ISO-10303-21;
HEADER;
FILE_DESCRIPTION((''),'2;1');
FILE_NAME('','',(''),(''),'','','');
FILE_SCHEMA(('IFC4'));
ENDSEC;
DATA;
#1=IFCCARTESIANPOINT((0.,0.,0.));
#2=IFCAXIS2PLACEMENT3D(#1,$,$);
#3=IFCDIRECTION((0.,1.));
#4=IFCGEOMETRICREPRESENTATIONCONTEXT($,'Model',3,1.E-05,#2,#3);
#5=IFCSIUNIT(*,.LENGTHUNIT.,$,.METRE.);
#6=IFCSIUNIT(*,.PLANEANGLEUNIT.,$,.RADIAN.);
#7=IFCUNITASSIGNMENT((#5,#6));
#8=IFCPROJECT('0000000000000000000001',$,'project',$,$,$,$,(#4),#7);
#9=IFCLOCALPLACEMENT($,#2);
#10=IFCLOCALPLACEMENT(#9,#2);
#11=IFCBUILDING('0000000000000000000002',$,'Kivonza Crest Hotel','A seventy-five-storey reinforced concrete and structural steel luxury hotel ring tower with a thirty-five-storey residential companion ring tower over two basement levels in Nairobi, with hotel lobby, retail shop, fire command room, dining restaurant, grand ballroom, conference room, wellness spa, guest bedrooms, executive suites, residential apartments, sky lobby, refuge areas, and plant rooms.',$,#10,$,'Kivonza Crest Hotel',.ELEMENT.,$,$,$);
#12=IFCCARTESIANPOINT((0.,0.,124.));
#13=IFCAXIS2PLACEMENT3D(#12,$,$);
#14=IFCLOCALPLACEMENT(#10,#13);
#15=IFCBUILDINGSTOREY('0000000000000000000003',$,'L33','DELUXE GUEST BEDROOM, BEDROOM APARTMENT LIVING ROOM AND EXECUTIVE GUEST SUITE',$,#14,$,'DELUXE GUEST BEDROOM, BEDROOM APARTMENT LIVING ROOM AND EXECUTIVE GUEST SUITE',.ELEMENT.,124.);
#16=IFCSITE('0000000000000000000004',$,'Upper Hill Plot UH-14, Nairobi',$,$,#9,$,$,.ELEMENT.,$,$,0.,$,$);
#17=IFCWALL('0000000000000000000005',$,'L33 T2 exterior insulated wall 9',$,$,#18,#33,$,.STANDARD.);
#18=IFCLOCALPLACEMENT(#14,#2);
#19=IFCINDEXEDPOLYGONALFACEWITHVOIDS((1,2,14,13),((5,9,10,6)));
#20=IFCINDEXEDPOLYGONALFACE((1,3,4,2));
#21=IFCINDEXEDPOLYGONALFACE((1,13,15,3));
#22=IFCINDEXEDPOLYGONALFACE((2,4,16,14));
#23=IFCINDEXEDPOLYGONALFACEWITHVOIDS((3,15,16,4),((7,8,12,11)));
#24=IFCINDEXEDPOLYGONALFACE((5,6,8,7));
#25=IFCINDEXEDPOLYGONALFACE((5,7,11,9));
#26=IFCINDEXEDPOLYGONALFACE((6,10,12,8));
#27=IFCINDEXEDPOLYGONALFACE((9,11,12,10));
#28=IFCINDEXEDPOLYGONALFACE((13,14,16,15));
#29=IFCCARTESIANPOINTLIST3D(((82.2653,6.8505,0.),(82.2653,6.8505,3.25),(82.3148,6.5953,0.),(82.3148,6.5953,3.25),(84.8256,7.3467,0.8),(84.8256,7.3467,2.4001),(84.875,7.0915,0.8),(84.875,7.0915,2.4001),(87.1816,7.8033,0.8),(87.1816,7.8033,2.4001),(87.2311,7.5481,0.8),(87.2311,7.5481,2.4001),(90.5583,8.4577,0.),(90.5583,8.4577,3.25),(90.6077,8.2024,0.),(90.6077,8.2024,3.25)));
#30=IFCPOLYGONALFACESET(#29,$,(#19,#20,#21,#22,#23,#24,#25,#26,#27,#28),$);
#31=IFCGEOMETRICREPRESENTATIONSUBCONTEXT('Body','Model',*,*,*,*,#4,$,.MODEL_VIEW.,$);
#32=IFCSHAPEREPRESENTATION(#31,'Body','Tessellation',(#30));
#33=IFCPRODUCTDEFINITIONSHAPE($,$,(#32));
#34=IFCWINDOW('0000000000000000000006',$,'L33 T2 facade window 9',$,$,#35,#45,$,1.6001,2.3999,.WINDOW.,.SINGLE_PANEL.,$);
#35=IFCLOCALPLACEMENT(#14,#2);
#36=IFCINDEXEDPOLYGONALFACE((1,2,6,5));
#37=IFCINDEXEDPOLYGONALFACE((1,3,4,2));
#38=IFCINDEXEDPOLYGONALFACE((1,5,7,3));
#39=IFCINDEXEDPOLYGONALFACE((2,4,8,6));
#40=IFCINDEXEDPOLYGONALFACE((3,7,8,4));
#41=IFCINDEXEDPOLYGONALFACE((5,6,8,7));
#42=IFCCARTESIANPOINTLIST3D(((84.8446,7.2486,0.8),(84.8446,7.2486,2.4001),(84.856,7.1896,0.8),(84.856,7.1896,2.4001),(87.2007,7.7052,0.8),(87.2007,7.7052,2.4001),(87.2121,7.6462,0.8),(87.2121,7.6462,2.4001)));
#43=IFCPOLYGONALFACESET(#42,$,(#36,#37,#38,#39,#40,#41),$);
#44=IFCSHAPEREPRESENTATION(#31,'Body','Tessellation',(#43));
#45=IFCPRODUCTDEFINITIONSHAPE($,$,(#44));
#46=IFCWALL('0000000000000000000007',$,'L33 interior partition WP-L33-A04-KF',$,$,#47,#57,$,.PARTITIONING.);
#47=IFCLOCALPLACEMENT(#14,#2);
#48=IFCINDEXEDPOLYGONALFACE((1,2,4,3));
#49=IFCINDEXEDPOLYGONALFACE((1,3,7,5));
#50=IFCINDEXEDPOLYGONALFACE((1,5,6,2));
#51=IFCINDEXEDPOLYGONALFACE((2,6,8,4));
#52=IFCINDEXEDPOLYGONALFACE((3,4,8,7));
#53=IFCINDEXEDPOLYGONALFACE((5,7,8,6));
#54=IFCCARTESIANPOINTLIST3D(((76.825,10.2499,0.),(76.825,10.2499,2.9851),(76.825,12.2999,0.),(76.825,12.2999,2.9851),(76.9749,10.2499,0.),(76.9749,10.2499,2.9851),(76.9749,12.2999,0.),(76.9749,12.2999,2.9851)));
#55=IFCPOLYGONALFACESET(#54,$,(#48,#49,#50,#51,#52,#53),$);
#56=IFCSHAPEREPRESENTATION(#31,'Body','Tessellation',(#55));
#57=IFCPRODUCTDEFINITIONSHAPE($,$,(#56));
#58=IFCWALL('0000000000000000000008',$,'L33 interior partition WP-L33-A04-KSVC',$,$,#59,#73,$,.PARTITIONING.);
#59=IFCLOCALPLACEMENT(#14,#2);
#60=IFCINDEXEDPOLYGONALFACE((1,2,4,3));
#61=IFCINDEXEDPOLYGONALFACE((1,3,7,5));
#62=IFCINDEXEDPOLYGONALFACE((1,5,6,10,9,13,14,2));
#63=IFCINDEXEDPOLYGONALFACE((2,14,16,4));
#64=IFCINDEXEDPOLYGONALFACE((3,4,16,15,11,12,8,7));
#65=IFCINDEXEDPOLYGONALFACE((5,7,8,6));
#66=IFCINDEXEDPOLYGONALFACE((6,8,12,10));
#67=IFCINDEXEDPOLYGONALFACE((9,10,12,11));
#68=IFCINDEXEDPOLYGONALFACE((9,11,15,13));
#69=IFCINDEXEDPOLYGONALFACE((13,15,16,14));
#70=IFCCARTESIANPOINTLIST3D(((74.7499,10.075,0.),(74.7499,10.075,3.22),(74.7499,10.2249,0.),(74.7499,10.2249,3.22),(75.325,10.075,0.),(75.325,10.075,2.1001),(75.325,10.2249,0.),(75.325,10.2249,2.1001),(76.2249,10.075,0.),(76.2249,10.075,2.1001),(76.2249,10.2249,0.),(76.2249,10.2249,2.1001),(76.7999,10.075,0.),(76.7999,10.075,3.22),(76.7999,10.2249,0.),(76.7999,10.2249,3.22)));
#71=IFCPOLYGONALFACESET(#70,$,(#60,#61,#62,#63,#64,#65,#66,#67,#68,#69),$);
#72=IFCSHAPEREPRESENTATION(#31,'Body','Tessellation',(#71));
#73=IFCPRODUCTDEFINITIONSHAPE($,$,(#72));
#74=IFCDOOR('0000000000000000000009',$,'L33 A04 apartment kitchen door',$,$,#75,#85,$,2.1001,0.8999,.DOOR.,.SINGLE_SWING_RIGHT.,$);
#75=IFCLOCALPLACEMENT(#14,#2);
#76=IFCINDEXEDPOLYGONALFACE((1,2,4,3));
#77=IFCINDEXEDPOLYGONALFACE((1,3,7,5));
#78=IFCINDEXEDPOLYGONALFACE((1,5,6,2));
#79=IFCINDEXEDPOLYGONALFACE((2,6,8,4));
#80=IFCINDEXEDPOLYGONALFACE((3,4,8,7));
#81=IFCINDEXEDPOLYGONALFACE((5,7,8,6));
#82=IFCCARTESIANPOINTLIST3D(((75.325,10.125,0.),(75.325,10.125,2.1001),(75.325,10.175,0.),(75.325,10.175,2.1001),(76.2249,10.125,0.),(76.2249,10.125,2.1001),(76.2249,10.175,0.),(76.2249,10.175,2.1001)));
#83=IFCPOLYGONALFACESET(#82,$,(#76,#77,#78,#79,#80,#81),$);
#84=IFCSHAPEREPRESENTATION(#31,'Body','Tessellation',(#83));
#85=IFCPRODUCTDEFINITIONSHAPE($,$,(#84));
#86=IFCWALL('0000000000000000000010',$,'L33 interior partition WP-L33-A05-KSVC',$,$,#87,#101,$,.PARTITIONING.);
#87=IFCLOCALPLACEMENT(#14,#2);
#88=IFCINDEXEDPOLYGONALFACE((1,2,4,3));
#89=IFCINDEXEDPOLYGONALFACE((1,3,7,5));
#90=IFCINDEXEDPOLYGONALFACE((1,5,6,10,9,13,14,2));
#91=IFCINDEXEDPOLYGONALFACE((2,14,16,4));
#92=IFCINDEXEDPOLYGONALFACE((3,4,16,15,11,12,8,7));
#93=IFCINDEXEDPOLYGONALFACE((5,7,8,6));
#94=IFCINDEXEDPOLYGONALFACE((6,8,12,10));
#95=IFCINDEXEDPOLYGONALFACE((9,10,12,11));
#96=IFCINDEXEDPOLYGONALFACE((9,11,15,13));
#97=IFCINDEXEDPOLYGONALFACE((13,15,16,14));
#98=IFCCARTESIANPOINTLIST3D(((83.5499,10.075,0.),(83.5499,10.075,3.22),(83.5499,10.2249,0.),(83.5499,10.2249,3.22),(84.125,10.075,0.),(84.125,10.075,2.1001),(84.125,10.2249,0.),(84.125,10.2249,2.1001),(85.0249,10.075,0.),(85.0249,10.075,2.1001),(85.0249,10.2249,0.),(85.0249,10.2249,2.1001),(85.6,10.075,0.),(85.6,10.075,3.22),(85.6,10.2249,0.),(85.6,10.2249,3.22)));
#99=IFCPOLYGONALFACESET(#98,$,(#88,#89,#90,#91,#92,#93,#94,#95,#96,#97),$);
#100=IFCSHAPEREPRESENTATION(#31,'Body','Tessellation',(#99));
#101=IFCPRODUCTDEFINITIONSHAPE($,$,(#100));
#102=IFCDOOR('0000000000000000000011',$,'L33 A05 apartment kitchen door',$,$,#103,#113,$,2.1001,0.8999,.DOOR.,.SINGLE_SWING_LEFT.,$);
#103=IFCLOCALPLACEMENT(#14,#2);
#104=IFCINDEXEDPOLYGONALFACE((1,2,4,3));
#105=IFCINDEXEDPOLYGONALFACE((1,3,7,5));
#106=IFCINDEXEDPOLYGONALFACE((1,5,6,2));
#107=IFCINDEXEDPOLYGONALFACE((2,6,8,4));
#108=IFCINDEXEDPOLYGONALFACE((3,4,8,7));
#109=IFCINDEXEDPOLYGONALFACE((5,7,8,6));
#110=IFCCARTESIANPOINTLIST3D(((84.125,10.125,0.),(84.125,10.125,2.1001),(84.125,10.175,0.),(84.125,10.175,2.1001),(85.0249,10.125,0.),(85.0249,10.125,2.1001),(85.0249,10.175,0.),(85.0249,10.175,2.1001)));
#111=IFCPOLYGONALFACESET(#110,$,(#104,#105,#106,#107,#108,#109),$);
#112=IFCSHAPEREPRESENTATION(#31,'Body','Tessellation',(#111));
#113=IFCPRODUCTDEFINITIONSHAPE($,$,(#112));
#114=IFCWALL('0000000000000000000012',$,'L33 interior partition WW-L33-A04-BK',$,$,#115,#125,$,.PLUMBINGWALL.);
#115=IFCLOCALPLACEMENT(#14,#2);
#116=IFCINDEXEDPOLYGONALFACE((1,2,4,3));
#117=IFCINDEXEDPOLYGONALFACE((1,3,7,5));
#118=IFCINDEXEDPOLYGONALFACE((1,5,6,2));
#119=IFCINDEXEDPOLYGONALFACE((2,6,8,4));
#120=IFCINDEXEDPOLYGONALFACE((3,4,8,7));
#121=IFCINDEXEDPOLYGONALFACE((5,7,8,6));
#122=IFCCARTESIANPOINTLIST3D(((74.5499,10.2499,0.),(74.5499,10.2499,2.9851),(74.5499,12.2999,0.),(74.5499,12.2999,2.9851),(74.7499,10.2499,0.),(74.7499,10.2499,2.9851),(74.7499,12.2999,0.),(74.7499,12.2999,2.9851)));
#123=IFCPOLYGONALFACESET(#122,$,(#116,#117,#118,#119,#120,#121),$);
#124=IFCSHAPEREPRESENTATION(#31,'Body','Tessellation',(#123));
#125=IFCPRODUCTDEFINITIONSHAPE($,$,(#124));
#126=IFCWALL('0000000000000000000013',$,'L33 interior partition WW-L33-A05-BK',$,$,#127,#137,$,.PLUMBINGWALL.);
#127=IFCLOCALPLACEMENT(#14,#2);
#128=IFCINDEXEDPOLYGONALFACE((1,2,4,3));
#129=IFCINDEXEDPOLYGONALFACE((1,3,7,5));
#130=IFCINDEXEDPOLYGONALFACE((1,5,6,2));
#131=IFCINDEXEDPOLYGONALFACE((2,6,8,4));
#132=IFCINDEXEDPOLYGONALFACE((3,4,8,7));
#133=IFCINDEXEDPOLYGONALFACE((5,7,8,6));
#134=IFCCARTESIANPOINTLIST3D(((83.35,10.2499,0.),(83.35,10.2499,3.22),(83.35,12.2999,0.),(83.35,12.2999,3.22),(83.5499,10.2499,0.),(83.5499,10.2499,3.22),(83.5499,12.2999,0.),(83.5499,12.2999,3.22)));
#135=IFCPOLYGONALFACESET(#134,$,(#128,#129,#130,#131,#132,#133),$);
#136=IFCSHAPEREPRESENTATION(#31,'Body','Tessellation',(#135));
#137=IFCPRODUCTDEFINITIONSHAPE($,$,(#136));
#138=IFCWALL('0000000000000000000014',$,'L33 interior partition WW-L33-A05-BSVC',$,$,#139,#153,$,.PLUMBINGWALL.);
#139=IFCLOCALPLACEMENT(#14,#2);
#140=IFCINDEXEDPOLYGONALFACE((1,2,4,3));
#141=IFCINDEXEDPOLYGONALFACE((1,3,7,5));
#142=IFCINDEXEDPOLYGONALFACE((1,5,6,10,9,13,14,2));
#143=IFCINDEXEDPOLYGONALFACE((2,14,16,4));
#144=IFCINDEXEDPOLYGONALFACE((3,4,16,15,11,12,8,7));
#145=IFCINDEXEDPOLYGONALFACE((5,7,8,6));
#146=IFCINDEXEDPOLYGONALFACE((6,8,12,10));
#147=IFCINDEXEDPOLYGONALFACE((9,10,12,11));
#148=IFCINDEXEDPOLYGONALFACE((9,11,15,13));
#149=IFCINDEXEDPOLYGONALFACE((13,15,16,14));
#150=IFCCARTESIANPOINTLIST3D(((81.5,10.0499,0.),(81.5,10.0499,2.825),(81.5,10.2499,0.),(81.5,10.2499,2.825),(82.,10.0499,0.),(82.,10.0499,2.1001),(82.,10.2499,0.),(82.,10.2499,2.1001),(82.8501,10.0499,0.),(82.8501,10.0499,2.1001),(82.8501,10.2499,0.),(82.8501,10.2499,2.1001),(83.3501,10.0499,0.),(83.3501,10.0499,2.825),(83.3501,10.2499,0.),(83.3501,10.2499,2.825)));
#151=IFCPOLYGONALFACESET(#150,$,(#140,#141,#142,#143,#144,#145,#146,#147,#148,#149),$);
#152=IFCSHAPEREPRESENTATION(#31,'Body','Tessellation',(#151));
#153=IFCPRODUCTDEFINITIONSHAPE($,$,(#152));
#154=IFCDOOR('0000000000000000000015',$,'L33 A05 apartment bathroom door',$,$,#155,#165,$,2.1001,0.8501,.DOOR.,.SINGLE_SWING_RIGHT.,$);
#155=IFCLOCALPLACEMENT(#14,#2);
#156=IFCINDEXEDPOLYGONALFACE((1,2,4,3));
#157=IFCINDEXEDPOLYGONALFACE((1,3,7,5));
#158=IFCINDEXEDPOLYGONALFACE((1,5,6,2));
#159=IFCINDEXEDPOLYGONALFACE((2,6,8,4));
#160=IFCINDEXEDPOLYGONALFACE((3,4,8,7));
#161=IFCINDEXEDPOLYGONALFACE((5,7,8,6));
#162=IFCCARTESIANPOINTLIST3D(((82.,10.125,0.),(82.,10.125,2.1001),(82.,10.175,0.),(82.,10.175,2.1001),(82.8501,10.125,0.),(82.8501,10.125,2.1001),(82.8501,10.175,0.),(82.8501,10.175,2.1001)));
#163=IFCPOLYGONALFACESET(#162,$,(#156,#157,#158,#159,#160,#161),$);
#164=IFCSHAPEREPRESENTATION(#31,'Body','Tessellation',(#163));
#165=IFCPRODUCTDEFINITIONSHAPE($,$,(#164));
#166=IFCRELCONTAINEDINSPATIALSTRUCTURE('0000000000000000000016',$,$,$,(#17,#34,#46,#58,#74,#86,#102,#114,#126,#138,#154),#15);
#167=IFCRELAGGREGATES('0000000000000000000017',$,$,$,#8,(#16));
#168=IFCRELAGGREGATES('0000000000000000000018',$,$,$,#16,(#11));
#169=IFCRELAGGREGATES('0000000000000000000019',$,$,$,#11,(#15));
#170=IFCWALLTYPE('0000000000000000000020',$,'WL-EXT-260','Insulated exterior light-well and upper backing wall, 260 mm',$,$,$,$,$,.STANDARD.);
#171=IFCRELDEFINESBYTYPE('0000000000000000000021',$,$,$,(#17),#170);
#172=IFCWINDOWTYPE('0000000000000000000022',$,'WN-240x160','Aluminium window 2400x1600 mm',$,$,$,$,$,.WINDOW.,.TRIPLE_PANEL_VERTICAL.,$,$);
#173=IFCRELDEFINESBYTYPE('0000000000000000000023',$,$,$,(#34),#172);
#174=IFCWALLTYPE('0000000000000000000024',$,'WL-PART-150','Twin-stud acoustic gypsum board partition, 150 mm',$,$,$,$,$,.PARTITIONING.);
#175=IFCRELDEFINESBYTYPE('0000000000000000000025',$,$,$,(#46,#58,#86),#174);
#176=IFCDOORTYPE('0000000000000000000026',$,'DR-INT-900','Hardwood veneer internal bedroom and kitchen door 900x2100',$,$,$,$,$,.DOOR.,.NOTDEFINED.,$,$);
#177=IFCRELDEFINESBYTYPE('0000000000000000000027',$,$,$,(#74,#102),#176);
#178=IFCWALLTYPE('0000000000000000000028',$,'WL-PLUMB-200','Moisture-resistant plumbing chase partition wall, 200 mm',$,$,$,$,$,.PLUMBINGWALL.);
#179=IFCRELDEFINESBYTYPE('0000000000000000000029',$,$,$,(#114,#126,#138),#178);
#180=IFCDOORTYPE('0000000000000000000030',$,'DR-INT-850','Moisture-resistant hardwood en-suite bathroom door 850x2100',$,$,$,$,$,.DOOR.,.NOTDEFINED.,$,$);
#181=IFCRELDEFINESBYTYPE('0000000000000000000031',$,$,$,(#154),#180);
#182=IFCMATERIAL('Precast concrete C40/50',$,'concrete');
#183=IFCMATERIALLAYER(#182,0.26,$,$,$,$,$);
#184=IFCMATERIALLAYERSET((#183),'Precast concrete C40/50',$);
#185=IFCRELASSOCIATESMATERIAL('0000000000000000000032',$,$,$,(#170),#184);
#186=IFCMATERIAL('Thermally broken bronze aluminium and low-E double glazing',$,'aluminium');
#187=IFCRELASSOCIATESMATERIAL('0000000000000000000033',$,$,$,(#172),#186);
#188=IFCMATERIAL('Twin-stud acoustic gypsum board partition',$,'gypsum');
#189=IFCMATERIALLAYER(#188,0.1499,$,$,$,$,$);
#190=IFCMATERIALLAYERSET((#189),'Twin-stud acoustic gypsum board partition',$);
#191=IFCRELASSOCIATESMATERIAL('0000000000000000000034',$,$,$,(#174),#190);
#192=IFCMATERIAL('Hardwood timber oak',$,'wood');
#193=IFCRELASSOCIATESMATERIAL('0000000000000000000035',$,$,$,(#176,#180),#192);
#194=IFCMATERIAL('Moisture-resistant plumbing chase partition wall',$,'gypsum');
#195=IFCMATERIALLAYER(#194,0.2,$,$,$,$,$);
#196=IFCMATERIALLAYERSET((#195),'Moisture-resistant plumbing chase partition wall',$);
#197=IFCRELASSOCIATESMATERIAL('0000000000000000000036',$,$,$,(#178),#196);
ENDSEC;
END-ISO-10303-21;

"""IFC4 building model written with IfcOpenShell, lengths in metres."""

from ifc_helpers import new_model, si_unit, direction, frame, frame_2d, origin, place, context, subcontext, project, spatial, rectangle, extrude, material, layer, layer_set, type_object, element, fill, save


model = new_model("IFC4")

# Units and contexts
model_context = context("Model", 3, precision=1e-05, world=origin(), true_north=direction((0.0, 1.0)))
body_context = subcontext(model_context, "Body", "Model", "MODEL_VIEW")
ifc_project = project(units=[si_unit("LENGTHUNIT", "METRE"), si_unit("PLANEANGLEUNIT", "RADIAN")], contexts=[model_context])

# Site, building, storey
site_placement = place(None, origin())
site = spatial("IfcSite", under=ifc_project, at=site_placement, Name="Upper Hill Plot UH-14, Nairobi", CompositionType="ELEMENT", RefElevation=0.0)
building_placement = place(site_placement, origin())
building = spatial("IfcBuilding", under=site, at=building_placement, Name="Kivonza Crest Hotel", Description="A seventy-five-storey reinforced concrete and structural steel luxury hotel ring tower with a thirty-five-storey residential companion ring tower over two basement levels in Nairobi, with hotel lobby, retail shop, fire command room, dining restaurant, grand ballroom, conference room, wellness spa, guest bedrooms, executive suites, residential apartments, sky lobby, refuge areas, and plant rooms.", LongName="Kivonza Crest Hotel", CompositionType="ELEMENT")
storey_placement = place(building_placement, frame((0.0, 0.0, 124.0)))
storey = spatial("IfcBuildingStorey", under=building, at=storey_placement, Name="L33", Description="DELUXE GUEST BEDROOM, BEDROOM APARTMENT LIVING ROOM AND EXECUTIVE GUEST SUITE", LongName="DELUXE GUEST BEDROOM, BEDROOM APARTMENT LIVING ROOM AND EXECUTIVE GUEST SUITE", CompositionType="ELEMENT", Elevation=124.0)

# Shared definitions
ifc_material_1 = material(Name="Hardwood timber oak", Category="wood")

# Wall, opening, window
ifc_material_2 = material(Name="Precast concrete C40/50", Category="concrete")
ifc_layer_1 = layer(ifc_material_2, 0.26)
ifc_layer_set_1 = layer_set([ifc_layer_1], Name="Precast concrete C40/50")
wall_type_1 = type_object("IfcWallType", Name="WL-EXT-260", Description="Insulated exterior light-well and upper backing wall, 260 mm", PredefinedType="STANDARD", material=ifc_layer_set_1)
wall_1_placement = place(storey_placement, frame((82.29, 6.7229, 0.0), z_axis=(0.0, 0.0, 1.0), x_axis=(0.981734, 0.19026, 0.0)))
wall_1 = element("IfcWall", 1, at=wall_1_placement, inside=storey, type_object=wall_type_1, Name="L33 T2 exterior insulated wall 9", PredefinedType="STANDARD", context=body_context, shape_type="SweptSolid", body=[
    extrude(rectangle(XDim=8.4473, YDim=0.26, at=frame_2d((4.2236, 0.0))), origin(), (0.0, 0.0, 1.0), 3.25),
])
opening_1_placement = place(wall_1_placement, frame((2.6079, 0.0, 0.8)))
opening_1 = element("IfcOpeningElement", 2, at=opening_1_placement, cuts=wall_1, PredefinedType="OPENING", context=body_context, shape_type="SweptSolid", body=[
    extrude(rectangle(XDim=2.3999, YDim=1.6001, at=frame_2d((1.2, 0.8))), frame((0.0, 0.1401, 0.0), z_axis=(0.0, -1.0, 0.0), x_axis=(1.0, 0.0, 0.0)), (0.0, 0.0, 1.0), 0.28),
])
ifc_material_3 = material(Name="Thermally broken bronze aluminium and low-E double glazing", Category="aluminium")
window_type = type_object("IfcWindowType", Name="WN-240x160", Description="Aluminium window 2400x1600 mm", PartitioningType="TRIPLE_PANEL_VERTICAL", PredefinedType="WINDOW", material=ifc_material_3)
window_placement = place(opening_1_placement, origin())
window = element("IfcWindow", 3, at=window_placement, inside=storey, type_object=window_type, Name="L33 T2 facade window 9", OverallHeight=1.6001, OverallWidth=2.3999, PartitioningType="SINGLE_PANEL", PredefinedType="WINDOW", context=body_context, shape_type="SweptSolid", body=[
    extrude(rectangle(XDim=2.3999, YDim=1.6001, at=frame_2d((1.2, 0.8))), frame((0.0, 0.03, 0.0), z_axis=(0.0, -1.0, 0.0), x_axis=(1.0, 0.0, 0.0)), (0.0, 0.0, 1.0), 0.0601),
])
fill(opening_1, window)

# Wall
ifc_material_4 = material(Name="Twin-stud acoustic gypsum board partition", Category="gypsum")
ifc_layer_2 = layer(ifc_material_4, 0.1499)
ifc_layer_set_2 = layer_set([ifc_layer_2], Name="Twin-stud acoustic gypsum board partition")
wall_type_2 = type_object("IfcWallType", Name="WL-PART-150", Description="Twin-stud acoustic gypsum board partition, 150 mm", PredefinedType="PARTITIONING", material=ifc_layer_set_2)
wall_2_placement = place(storey_placement, frame((76.8999, 10.25, 0.0), z_axis=(0.0, 0.0, 1.0), x_axis=(0.0, 1.0, 0.0)))
element("IfcWall", 4, at=wall_2_placement, inside=storey, type_object=wall_type_2, Name="L33 interior partition WP-L33-A04-KF", PredefinedType="PARTITIONING", context=body_context, shape_type="SweptSolid", body=[
    extrude(rectangle(XDim=2.05, YDim=0.1499, at=frame_2d((1.0249, 0.0))), origin(), (0.0, 0.0, 1.0), 2.9851),
])

# Walls, openings, doors
wall_3_placement = place(storey_placement, frame((74.75, 10.1499, 0.0), z_axis=(0.0, 0.0, 1.0), x_axis=(1.0, 0.0, 0.0)))
wall_3 = element("IfcWall", 5, at=wall_3_placement, inside=storey, type_object=wall_type_2, Name="L33 interior partition WP-L33-A04-KSVC", PredefinedType="PARTITIONING", context=body_context, shape_type="SweptSolid", body=[
    extrude(rectangle(XDim=2.05, YDim=0.1499, at=frame_2d((1.0249, 0.0))), origin(), (0.0, 0.0, 1.0), 3.22),
])
opening_2_placement = place(wall_3_placement, frame((0.575, 0.0, 0.0)))
opening_2 = element("IfcOpeningElement", 6, at=opening_2_placement, cuts=wall_3, PredefinedType="OPENING", context=body_context, shape_type="SweptSolid", body=[
    extrude(rectangle(XDim=0.8999, YDim=2.1001, at=frame_2d((0.45, 1.05))), frame((0.0, 0.085, 0.0), z_axis=(0.0, -1.0, 0.0), x_axis=(1.0, 0.0, 0.0)), (0.0, 0.0, 1.0), 0.1699),
])
door_type_1 = type_object("IfcDoorType", Name="DR-INT-900", Description="Hardwood veneer internal bedroom and kitchen door 900x2100", OperationType="NOTDEFINED", PredefinedType="DOOR", material=ifc_material_1)
door_1_placement = place(opening_2_placement, frame((0.8999, 0.0, 0.0), z_axis=(0.0, 0.0, 1.0), x_axis=(-1.0, 0.0, 0.0)))
door_1 = element("IfcDoor", 7, at=door_1_placement, inside=storey, type_object=door_type_1, Name="L33 A04 apartment kitchen door", OperationType="SINGLE_SWING_RIGHT", OverallHeight=2.1001, OverallWidth=0.8999, PredefinedType="DOOR", context=body_context, shape_type="SweptSolid", body=[
    extrude(rectangle(XDim=0.8999, YDim=2.1001, at=frame_2d((0.45, 1.05))), frame((0.0, 0.0249, 0.0), z_axis=(0.0, -1.0, 0.0), x_axis=(1.0, 0.0, 0.0)), (0.0, 0.0, 1.0), 0.05),
])
fill(opening_2, door_1)
wall_4_placement = place(storey_placement, frame((83.55, 10.1499, 0.0), z_axis=(0.0, 0.0, 1.0), x_axis=(1.0, 0.0, 0.0)))
wall_4 = element("IfcWall", 8, at=wall_4_placement, inside=storey, type_object=wall_type_2, Name="L33 interior partition WP-L33-A05-KSVC", PredefinedType="PARTITIONING", context=body_context, shape_type="SweptSolid", body=[
    extrude(rectangle(XDim=2.05, YDim=0.1499, at=frame_2d((1.0249, 0.0))), origin(), (0.0, 0.0, 1.0), 3.22),
])
opening_3_placement = place(wall_4_placement, frame((0.575, 0.0, 0.0)))
opening_3 = element("IfcOpeningElement", 9, at=opening_3_placement, cuts=wall_4, PredefinedType="OPENING", context=body_context, shape_type="SweptSolid", body=[
    extrude(rectangle(XDim=0.8999, YDim=2.1001, at=frame_2d((0.45, 1.05))), frame((0.0, 0.085, 0.0), z_axis=(0.0, -1.0, 0.0), x_axis=(1.0, 0.0, 0.0)), (0.0, 0.0, 1.0), 0.1699),
])
door_2_placement = place(opening_3_placement, frame((0.8999, 0.0, 0.0), z_axis=(0.0, 0.0, 1.0), x_axis=(-1.0, 0.0, 0.0)))
door_2 = element("IfcDoor", 10, at=door_2_placement, inside=storey, type_object=door_type_1, Name="L33 A05 apartment kitchen door", OperationType="SINGLE_SWING_LEFT", OverallHeight=2.1001, OverallWidth=0.8999, PredefinedType="DOOR", context=body_context, shape_type="SweptSolid", body=[
    extrude(rectangle(XDim=0.8999, YDim=2.1001, at=frame_2d((0.45, 1.05))), frame((0.0, 0.0249, 0.0), z_axis=(0.0, -1.0, 0.0), x_axis=(1.0, 0.0, 0.0)), (0.0, 0.0, 1.0), 0.05),
])
fill(opening_3, door_2)

# Walls
ifc_material_5 = material(Name="Moisture-resistant plumbing chase partition wall", Category="gypsum")
ifc_layer_3 = layer(ifc_material_5, 0.2)
ifc_layer_set_3 = layer_set([ifc_layer_3], Name="Moisture-resistant plumbing chase partition wall")
wall_type_3 = type_object("IfcWallType", Name="WL-PLUMB-200", Description="Moisture-resistant plumbing chase partition wall, 200 mm", PredefinedType="PLUMBINGWALL", material=ifc_layer_set_3)
wall_5_placement = place(storey_placement, frame((74.6499, 10.25, 0.0), z_axis=(0.0, 0.0, 1.0), x_axis=(0.0, 1.0, 0.0)))
element("IfcWall", 11, at=wall_5_placement, inside=storey, type_object=wall_type_3, Name="L33 interior partition WW-L33-A04-BK", PredefinedType="PLUMBINGWALL", context=body_context, shape_type="SweptSolid", body=[
    extrude(rectangle(XDim=2.05, YDim=0.2, at=frame_2d((1.0249, 0.0))), origin(), (0.0, 0.0, 1.0), 2.9851),
])
wall_6_placement = place(storey_placement, frame((83.45, 10.25, 0.0), z_axis=(0.0, 0.0, 1.0), x_axis=(0.0, 1.0, 0.0)))
element("IfcWall", 12, at=wall_6_placement, inside=storey, type_object=wall_type_3, Name="L33 interior partition WW-L33-A05-BK", PredefinedType="PLUMBINGWALL", context=body_context, shape_type="SweptSolid", body=[
    extrude(rectangle(XDim=2.05, YDim=0.2, at=frame_2d((1.0249, 0.0))), origin(), (0.0, 0.0, 1.0), 3.22),
])

# Wall, opening, door
wall_7_placement = place(storey_placement, frame((81.5, 10.1499, 0.0), z_axis=(0.0, 0.0, 1.0), x_axis=(1.0, 0.0, 0.0)))
wall_7 = element("IfcWall", 13, at=wall_7_placement, inside=storey, type_object=wall_type_3, Name="L33 interior partition WW-L33-A05-BSVC", PredefinedType="PLUMBINGWALL", context=body_context, shape_type="SweptSolid", body=[
    extrude(rectangle(XDim=1.8501, YDim=0.2, at=frame_2d((0.925, 0.0))), origin(), (0.0, 0.0, 1.0), 2.825),
])
opening_4_placement = place(wall_7_placement, frame((0.5, 0.0, 0.0)))
opening_4 = element("IfcOpeningElement", 14, at=opening_4_placement, cuts=wall_7, PredefinedType="OPENING", context=body_context, shape_type="SweptSolid", body=[
    extrude(rectangle(XDim=0.8501, YDim=2.1001, at=frame_2d((0.425, 1.05))), frame((0.0, 0.1099, 0.0), z_axis=(0.0, -1.0, 0.0), x_axis=(1.0, 0.0, 0.0)), (0.0, 0.0, 1.0), 0.22),
])
door_type_2 = type_object("IfcDoorType", Name="DR-INT-850", Description="Moisture-resistant hardwood en-suite bathroom door 850x2100", OperationType="NOTDEFINED", PredefinedType="DOOR", material=ifc_material_1)
door_3_placement = place(opening_4_placement, frame((0.8501, 0.0, 0.0), z_axis=(0.0, 0.0, 1.0), x_axis=(-1.0, 0.0, 0.0)))
door_3 = element("IfcDoor", 15, at=door_3_placement, inside=storey, type_object=door_type_2, Name="L33 A05 apartment bathroom door", OperationType="SINGLE_SWING_RIGHT", OverallHeight=2.1001, OverallWidth=0.8501, PredefinedType="DOOR", context=body_context, shape_type="SweptSolid", body=[
    extrude(rectangle(XDim=0.8501, YDim=2.1001, at=frame_2d((0.425, 1.05))), frame((0.0, 0.0249, 0.0), z_axis=(0.0, -1.0, 0.0), x_axis=(1.0, 0.0, 0.0)), (0.0, 0.0, 1.0), 0.05),
])
fill(opening_4, door_3)

save(model, "model.ifc")
